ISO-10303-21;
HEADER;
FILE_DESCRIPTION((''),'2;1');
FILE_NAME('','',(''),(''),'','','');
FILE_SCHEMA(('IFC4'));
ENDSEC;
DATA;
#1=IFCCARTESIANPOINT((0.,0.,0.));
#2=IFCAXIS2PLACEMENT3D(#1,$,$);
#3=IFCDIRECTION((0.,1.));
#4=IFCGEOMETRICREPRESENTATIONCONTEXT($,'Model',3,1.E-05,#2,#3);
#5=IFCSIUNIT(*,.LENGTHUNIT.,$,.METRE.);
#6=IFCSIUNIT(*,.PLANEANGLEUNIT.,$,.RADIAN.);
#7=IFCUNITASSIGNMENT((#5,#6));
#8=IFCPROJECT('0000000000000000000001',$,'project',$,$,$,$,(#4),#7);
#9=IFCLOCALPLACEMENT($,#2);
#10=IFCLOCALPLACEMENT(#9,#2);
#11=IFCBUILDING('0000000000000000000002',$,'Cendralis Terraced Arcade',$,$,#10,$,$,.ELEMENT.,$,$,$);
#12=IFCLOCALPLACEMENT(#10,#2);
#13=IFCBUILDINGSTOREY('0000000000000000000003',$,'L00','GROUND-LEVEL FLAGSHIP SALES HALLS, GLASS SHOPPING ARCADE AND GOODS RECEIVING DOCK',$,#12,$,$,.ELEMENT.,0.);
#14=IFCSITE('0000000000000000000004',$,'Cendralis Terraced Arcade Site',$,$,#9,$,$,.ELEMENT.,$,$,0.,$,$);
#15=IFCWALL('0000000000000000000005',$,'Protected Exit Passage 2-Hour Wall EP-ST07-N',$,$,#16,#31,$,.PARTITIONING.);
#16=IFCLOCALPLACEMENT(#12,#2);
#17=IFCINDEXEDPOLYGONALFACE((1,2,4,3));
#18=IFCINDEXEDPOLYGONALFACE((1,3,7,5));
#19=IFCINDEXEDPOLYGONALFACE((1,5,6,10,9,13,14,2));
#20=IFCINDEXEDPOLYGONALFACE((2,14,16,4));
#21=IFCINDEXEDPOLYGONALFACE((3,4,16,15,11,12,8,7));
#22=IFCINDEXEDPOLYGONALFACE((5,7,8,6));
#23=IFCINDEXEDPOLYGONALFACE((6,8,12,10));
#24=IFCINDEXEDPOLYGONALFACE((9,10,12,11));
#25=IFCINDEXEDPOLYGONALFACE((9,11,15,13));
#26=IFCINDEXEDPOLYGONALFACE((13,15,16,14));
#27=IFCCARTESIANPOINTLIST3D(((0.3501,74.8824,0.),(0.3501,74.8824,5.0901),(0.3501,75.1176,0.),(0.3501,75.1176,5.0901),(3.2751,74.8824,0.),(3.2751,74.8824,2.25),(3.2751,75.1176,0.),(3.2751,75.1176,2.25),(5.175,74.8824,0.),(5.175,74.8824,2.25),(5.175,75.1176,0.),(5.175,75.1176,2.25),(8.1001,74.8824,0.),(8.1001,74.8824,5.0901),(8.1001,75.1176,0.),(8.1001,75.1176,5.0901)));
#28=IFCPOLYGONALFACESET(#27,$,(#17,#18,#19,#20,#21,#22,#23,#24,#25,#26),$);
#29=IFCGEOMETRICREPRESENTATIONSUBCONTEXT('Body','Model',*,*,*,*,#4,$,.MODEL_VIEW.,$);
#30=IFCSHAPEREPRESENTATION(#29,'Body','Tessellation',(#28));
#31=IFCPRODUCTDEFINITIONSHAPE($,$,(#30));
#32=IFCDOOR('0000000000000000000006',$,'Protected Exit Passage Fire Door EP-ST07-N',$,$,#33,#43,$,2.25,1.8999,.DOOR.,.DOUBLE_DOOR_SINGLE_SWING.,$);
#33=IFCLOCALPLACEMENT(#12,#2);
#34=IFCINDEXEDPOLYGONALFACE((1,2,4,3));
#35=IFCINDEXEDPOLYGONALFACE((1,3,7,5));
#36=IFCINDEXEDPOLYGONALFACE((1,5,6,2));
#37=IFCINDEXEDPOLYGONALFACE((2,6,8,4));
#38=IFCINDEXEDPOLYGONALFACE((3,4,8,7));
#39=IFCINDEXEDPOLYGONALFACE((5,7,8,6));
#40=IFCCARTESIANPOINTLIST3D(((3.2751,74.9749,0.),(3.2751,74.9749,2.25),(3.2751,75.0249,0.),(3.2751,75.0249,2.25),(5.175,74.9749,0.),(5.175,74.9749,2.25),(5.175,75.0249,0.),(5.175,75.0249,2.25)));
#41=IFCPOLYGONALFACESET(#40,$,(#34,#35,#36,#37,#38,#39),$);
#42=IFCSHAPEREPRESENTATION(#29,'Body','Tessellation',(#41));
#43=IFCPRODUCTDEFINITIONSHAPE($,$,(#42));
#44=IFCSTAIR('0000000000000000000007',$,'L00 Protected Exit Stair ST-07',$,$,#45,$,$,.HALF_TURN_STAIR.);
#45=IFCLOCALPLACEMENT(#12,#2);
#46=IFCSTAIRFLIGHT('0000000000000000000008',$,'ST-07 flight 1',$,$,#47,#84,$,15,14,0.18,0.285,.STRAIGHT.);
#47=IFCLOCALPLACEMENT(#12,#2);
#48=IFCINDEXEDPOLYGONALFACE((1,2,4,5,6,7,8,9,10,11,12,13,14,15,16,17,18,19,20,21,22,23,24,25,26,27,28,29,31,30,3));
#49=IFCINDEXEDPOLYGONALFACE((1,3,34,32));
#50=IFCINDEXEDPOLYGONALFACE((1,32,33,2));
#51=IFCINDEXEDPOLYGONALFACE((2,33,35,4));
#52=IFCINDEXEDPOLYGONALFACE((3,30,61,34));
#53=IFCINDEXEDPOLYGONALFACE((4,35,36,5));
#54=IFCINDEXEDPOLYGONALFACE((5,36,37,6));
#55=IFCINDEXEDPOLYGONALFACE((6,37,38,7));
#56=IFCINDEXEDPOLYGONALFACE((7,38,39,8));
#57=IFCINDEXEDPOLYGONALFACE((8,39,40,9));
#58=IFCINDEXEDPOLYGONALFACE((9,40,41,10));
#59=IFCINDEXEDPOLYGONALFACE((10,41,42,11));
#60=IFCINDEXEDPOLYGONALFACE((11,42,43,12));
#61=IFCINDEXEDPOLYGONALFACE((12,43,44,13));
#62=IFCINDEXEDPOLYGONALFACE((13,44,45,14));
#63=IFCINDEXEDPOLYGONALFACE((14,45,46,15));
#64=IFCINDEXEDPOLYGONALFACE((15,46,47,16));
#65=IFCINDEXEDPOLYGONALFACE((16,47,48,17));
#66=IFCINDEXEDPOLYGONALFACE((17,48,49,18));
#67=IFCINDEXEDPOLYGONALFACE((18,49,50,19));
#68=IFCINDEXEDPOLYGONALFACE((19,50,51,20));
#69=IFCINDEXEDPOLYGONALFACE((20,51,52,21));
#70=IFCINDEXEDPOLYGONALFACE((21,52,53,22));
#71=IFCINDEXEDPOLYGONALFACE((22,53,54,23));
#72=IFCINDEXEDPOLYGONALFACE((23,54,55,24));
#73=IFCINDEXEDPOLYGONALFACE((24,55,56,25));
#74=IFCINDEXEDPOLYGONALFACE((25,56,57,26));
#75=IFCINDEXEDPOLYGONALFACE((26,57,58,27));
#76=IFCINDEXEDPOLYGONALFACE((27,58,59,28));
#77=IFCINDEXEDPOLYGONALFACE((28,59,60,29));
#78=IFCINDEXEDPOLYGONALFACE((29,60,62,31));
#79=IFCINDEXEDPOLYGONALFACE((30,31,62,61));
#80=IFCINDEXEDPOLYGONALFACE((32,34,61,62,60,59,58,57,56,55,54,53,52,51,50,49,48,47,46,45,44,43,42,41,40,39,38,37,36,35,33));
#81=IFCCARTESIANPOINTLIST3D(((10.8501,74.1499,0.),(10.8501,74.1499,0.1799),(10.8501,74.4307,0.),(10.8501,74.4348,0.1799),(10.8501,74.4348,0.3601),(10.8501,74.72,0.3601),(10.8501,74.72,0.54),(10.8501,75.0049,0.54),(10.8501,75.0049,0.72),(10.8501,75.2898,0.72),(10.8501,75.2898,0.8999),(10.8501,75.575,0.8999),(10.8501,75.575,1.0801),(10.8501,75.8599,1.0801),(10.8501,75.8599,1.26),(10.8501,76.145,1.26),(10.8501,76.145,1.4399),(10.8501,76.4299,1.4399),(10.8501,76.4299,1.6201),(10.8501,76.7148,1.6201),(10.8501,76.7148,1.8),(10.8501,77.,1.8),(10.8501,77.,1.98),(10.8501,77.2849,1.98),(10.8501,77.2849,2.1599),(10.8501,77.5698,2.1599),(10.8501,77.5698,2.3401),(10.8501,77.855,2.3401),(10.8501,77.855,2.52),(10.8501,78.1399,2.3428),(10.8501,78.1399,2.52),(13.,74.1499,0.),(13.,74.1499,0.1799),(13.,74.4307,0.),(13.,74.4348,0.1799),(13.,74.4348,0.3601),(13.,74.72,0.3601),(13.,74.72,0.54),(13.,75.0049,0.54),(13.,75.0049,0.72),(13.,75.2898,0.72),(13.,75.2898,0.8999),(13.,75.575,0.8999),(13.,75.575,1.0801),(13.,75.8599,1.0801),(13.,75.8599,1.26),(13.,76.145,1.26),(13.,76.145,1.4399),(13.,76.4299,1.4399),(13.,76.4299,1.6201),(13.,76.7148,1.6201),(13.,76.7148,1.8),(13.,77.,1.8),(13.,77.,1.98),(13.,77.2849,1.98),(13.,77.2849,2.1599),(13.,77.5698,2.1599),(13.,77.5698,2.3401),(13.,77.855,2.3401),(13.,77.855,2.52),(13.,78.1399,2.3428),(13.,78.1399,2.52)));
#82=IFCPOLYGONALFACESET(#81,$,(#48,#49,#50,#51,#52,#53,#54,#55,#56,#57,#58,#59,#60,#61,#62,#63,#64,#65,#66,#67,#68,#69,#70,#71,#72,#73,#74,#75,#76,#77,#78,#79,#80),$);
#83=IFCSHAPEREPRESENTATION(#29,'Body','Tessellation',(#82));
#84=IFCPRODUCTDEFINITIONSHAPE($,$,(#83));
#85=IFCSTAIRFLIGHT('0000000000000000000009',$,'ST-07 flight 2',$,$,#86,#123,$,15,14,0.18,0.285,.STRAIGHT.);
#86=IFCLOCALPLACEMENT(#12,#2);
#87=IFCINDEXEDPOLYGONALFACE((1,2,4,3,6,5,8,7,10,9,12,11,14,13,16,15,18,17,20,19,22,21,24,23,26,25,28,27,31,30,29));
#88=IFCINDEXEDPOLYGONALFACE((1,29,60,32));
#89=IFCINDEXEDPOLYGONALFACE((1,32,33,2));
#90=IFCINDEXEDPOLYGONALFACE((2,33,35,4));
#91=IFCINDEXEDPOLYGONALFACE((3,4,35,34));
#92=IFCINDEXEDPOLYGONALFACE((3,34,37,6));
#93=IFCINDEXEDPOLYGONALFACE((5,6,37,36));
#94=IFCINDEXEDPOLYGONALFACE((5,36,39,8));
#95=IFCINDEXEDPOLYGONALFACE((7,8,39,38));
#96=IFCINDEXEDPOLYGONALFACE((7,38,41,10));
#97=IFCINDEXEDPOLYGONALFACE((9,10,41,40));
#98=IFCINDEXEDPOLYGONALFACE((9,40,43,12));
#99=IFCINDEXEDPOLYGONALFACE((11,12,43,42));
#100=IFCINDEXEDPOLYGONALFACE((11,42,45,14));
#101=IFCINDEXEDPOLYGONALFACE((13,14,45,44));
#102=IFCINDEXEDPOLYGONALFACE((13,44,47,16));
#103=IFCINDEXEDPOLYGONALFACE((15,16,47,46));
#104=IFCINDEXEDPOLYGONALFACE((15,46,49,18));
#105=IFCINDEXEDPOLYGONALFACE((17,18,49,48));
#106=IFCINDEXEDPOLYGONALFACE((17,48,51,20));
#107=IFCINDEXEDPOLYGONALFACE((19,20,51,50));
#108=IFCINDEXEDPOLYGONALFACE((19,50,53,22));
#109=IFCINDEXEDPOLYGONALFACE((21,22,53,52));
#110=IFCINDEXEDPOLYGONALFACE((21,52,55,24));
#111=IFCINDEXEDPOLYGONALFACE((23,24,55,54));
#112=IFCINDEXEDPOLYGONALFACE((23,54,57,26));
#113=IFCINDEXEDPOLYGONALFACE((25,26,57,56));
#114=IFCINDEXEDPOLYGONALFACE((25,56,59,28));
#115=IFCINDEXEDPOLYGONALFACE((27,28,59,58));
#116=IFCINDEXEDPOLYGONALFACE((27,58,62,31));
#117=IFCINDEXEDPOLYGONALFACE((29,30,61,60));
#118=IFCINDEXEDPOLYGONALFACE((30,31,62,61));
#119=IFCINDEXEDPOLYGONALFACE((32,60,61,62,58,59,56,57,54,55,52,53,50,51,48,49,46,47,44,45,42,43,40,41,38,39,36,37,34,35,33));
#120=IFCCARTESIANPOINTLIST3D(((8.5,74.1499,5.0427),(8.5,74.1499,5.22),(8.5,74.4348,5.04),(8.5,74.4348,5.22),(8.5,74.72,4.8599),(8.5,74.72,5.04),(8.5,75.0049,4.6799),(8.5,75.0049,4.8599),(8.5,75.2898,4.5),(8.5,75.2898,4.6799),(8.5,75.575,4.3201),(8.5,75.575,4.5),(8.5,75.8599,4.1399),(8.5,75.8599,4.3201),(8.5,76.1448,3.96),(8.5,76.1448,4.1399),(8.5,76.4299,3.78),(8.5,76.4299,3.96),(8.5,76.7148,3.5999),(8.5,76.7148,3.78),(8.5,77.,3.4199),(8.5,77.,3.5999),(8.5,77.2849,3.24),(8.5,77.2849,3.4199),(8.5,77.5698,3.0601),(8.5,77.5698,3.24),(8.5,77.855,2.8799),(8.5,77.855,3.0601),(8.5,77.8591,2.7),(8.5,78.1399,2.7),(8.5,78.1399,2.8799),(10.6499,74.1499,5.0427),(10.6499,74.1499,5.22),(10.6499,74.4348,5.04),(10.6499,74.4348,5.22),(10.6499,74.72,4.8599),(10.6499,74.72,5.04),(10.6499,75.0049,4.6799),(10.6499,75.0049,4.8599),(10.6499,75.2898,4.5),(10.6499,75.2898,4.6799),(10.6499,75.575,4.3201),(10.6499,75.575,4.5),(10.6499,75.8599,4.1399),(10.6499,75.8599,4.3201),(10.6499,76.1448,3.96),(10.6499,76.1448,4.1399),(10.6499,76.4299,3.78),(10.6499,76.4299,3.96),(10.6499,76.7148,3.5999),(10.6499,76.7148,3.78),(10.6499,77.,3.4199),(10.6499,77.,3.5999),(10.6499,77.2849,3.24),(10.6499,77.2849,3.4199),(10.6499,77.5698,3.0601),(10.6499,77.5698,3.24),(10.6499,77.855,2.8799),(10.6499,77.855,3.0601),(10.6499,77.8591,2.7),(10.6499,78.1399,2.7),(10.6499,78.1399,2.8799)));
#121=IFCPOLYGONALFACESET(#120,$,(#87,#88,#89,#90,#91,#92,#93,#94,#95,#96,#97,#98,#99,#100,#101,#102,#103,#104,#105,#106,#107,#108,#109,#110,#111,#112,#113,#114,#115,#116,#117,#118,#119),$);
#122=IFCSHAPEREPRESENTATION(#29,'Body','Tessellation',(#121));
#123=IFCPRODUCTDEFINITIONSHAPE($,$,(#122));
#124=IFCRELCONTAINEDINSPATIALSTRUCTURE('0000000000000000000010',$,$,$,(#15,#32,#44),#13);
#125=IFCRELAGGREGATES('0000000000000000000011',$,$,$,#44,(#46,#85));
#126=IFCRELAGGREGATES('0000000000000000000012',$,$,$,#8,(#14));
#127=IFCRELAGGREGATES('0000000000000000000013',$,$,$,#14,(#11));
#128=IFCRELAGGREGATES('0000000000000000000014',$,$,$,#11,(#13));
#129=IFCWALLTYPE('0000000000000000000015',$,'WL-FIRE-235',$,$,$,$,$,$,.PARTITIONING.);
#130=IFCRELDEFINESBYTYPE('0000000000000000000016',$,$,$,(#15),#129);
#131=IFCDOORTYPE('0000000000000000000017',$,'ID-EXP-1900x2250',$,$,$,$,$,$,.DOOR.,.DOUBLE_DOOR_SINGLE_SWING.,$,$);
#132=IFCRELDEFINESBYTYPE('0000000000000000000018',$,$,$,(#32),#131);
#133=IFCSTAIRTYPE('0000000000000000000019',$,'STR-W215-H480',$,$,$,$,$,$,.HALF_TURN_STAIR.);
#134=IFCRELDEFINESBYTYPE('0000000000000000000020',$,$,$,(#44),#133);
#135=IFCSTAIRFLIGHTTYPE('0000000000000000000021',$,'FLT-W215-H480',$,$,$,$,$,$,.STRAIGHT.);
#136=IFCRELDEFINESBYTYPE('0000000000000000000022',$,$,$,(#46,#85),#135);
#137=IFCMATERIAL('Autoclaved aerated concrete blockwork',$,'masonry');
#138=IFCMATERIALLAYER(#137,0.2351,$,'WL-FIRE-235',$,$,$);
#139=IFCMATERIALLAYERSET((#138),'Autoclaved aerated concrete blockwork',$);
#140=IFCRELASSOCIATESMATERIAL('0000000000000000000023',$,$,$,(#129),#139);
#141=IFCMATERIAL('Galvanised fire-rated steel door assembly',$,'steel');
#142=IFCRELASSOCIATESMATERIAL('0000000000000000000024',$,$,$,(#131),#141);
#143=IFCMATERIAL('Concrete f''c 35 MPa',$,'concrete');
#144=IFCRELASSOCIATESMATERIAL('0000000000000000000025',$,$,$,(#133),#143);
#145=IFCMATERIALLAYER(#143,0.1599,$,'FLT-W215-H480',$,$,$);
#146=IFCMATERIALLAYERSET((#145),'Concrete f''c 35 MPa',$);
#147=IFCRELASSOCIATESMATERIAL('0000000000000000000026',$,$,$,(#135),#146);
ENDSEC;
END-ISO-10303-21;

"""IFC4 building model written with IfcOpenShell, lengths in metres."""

from ifc_helpers import new_model, si_unit, direction, frame, frame_2d, origin, place, context, subcontext, project, spatial, polyline, rectangle, outline, extrude, material, layer, layer_set, type_object, element, fill, aggregate, save


model = new_model("IFC4")

# Units and contexts
model_context = context("Model", 3, precision=1e-05, world=origin(), true_north=direction((0.0, 1.0)))
body_context = subcontext(model_context, "Body", "Model", "MODEL_VIEW")
ifc_project = project(units=[si_unit("LENGTHUNIT", "METRE"), si_unit("PLANEANGLEUNIT", "RADIAN")], contexts=[model_context])

# Site, building, storey
site_placement = place(None, origin())
site = spatial("IfcSite", under=ifc_project, at=site_placement, Name="Cendralis Terraced Arcade Site", CompositionType="ELEMENT", RefElevation=0.0)
building_placement = place(site_placement, origin())
building = spatial("IfcBuilding", under=site, at=building_placement, Name="Cendralis Terraced Arcade", CompositionType="ELEMENT")
storey_placement = place(building_placement, origin())
storey = spatial("IfcBuildingStorey", under=building, at=storey_placement, Name="L00", Description="GROUND-LEVEL FLAGSHIP SALES HALLS, GLASS SHOPPING ARCADE AND GOODS RECEIVING DOCK", CompositionType="ELEMENT", Elevation=0.0)

# Shared definitions
ifc_material_1 = material(Name="Concrete f'c 35 MPa", Category="concrete")

# Wall, opening, door
ifc_material_2 = material(Name="Autoclaved aerated concrete blockwork", Category="masonry")
ifc_layer_1 = layer(ifc_material_2, 0.2351, Name="WL-FIRE-235")
ifc_layer_set_1 = layer_set([ifc_layer_1], Name="Autoclaved aerated concrete blockwork")
wall_type_1 = type_object("IfcWallType", Name="WL-FIRE-235", PredefinedType="PARTITIONING", material=ifc_layer_set_1)
wall_1_placement = place(storey_placement, frame((0.3501, 75.0, 0.0), z_axis=(0.0, 0.0, 1.0), x_axis=(1.0, 0.0, 0.0)))
wall_1 = element("IfcWall", 1, at=wall_1_placement, inside=storey, type_object=wall_type_1, Name="Protected Exit Passage 2-Hour Wall EP-ST07-N", PredefinedType="PARTITIONING", context=body_context, shape_type="SweptSolid", body=[
    extrude(rectangle(XDim=7.75, YDim=0.2351, at=frame_2d((3.875, 0.0))), origin(), (0.0, 0.0, 1.0), 5.0901),
])
opening_1_placement = place(wall_1_placement, frame((2.925, 0.0, 0.0)))
opening_1 = element("IfcOpeningElement", 2, at=opening_1_placement, cuts=wall_1, PredefinedType="OPENING", context=body_context, shape_type="SweptSolid", body=[
    extrude(rectangle(XDim=1.8999, YDim=2.25, at=frame_2d((0.95, 1.125))), frame((0.0, 0.1294, 0.0), z_axis=(0.0, -1.0, 0.0), x_axis=(1.0, 0.0, 0.0)), (0.0, 0.0, 1.0), 0.259),
])
ifc_material_3 = material(Name="Galvanised fire-rated steel door assembly", Category="steel")
door_type_1 = type_object("IfcDoorType", Name="ID-EXP-1900x2250", OperationType="DOUBLE_DOOR_SINGLE_SWING", PredefinedType="DOOR", material=ifc_material_3)
door_1_placement = place(opening_1_placement, origin())
door_1 = element("IfcDoor", 3, at=door_1_placement, inside=storey, type_object=door_type_1, Name="Protected Exit Passage Fire Door EP-ST07-N", OperationType="DOUBLE_DOOR_SINGLE_SWING", OverallHeight=2.25, OverallWidth=1.8999, PredefinedType="DOOR", context=body_context, shape_type="SweptSolid", body=[
    extrude(rectangle(XDim=1.8999, YDim=2.25, at=frame_2d((0.95, 1.125))), frame((0.0, 0.0249, 0.0), z_axis=(0.0, -1.0, 0.0), x_axis=(1.0, 0.0, 0.0)), (0.0, 0.0, 1.0), 0.05),
])
fill(opening_1, door_1)

# Stair, stair flights
stair_type = type_object("IfcStairType", Name="STR-W215-H480", PredefinedType="HALF_TURN_STAIR", material=ifc_material_1)
stair_placement = place(storey_placement, origin())
stair = element("IfcStair", 4, at=stair_placement, inside=storey, type_object=stair_type, Name="L00 Protected Exit Stair ST-07", PredefinedType="HALF_TURN_STAIR")
ifc_layer_2 = layer(ifc_material_1, 0.1599, Name="FLT-W215-H480")
ifc_layer_set_2 = layer_set([ifc_layer_2], Name="Concrete f'c 35 MPa")
stair_flight_type = type_object("IfcStairFlightType", Name="FLT-W215-H480", PredefinedType="STRAIGHT", material=ifc_layer_set_2)
stair_flight_1_placement = place(storey_placement, frame((11.925, 74.1499, 0.0), z_axis=(0.0, 0.0, 1.0), x_axis=(0.0, 1.0, 0.0)))
stair_flight_1 = element("IfcStairFlight", 5, at=stair_flight_1_placement, type_object=stair_flight_type, Name="ST-07 flight 1", NumberOfRisers=15, NumberOfTreads=14, PredefinedType="STRAIGHT", RiserHeight=0.18, TreadLength=0.285, context=body_context, shape_type="SweptSolid", body=[
    extrude(outline(polyline([(0.0, 0.0), (0.0, 0.1799), (0.2849, 0.1799), (0.2849, 0.3601), (0.5701, 0.3601), (0.5701, 0.54), (0.855, 0.54), (0.855, 0.72), (1.1399, 0.72), (1.1399, 0.8999), (1.425, 0.8999), (1.425, 1.0801), (1.71, 1.0801), (1.71, 1.26), (1.9951, 1.26), (1.9951, 1.4399), (2.28, 1.4399), (2.28, 1.6201), (2.5649, 1.6201), (2.5649, 1.8), (2.8501, 1.8), (2.8501, 1.98), (3.135, 1.98), (3.135, 2.1599), (3.4199, 2.1599), (3.4199, 2.3401), (3.7051, 2.3401), (3.7051, 2.52), (3.99, 2.52), (3.99, 2.7), (3.99, 2.3428), (0.2808, 0.0), (0.0, 0.0)])), frame((0.0, 1.075, 0.0), z_axis=(0.0, -1.0, 0.0), x_axis=(1.0, 0.0, 0.0)), (0.0, 0.0, 1.0), 2.1499),
])
stair_flight_2_placement = place(storey_placement, frame((9.575, 78.1399, 2.7), z_axis=(0.0, 0.0, 1.0), x_axis=(0.0, -1.0, 0.0)))
stair_flight_2 = element("IfcStairFlight", 6, at=stair_flight_2_placement, type_object=stair_flight_type, Name="ST-07 flight 2", NumberOfRisers=15, NumberOfTreads=14, PredefinedType="STRAIGHT", RiserHeight=0.18, TreadLength=0.285, context=body_context, shape_type="SweptSolid", body=[
    extrude(outline(polyline([(0.0, 0.0), (0.0, 0.1799), (0.2849, 0.1799), (0.2849, 0.3601), (0.5701, 0.3601), (0.5701, 0.54), (0.855, 0.54), (0.855, 0.72), (1.1399, 0.72), (1.1399, 0.8999), (1.425, 0.8999), (1.425, 1.0801), (1.71, 1.0801), (1.71, 1.26), (1.9951, 1.26), (1.9951, 1.4399), (2.28, 1.4399), (2.28, 1.6201), (2.5649, 1.6201), (2.5649, 1.8), (2.8501, 1.8), (2.8501, 1.98), (3.135, 1.98), (3.135, 2.1599), (3.4199, 2.1599), (3.4199, 2.3401), (3.7051, 2.3401), (3.7051, 2.52), (3.99, 2.52), (3.99, 2.7), (3.99, 2.3428), (0.2808, 0.0), (0.0, 0.0)])), frame((0.0, 1.075, 0.0), z_axis=(0.0, -1.0, 0.0), x_axis=(1.0, 0.0, 0.0)), (0.0, 0.0, 1.0), 2.1499),
])
aggregate(stair, [stair_flight_1, stair_flight_2])

save(model, "model.ifc")
